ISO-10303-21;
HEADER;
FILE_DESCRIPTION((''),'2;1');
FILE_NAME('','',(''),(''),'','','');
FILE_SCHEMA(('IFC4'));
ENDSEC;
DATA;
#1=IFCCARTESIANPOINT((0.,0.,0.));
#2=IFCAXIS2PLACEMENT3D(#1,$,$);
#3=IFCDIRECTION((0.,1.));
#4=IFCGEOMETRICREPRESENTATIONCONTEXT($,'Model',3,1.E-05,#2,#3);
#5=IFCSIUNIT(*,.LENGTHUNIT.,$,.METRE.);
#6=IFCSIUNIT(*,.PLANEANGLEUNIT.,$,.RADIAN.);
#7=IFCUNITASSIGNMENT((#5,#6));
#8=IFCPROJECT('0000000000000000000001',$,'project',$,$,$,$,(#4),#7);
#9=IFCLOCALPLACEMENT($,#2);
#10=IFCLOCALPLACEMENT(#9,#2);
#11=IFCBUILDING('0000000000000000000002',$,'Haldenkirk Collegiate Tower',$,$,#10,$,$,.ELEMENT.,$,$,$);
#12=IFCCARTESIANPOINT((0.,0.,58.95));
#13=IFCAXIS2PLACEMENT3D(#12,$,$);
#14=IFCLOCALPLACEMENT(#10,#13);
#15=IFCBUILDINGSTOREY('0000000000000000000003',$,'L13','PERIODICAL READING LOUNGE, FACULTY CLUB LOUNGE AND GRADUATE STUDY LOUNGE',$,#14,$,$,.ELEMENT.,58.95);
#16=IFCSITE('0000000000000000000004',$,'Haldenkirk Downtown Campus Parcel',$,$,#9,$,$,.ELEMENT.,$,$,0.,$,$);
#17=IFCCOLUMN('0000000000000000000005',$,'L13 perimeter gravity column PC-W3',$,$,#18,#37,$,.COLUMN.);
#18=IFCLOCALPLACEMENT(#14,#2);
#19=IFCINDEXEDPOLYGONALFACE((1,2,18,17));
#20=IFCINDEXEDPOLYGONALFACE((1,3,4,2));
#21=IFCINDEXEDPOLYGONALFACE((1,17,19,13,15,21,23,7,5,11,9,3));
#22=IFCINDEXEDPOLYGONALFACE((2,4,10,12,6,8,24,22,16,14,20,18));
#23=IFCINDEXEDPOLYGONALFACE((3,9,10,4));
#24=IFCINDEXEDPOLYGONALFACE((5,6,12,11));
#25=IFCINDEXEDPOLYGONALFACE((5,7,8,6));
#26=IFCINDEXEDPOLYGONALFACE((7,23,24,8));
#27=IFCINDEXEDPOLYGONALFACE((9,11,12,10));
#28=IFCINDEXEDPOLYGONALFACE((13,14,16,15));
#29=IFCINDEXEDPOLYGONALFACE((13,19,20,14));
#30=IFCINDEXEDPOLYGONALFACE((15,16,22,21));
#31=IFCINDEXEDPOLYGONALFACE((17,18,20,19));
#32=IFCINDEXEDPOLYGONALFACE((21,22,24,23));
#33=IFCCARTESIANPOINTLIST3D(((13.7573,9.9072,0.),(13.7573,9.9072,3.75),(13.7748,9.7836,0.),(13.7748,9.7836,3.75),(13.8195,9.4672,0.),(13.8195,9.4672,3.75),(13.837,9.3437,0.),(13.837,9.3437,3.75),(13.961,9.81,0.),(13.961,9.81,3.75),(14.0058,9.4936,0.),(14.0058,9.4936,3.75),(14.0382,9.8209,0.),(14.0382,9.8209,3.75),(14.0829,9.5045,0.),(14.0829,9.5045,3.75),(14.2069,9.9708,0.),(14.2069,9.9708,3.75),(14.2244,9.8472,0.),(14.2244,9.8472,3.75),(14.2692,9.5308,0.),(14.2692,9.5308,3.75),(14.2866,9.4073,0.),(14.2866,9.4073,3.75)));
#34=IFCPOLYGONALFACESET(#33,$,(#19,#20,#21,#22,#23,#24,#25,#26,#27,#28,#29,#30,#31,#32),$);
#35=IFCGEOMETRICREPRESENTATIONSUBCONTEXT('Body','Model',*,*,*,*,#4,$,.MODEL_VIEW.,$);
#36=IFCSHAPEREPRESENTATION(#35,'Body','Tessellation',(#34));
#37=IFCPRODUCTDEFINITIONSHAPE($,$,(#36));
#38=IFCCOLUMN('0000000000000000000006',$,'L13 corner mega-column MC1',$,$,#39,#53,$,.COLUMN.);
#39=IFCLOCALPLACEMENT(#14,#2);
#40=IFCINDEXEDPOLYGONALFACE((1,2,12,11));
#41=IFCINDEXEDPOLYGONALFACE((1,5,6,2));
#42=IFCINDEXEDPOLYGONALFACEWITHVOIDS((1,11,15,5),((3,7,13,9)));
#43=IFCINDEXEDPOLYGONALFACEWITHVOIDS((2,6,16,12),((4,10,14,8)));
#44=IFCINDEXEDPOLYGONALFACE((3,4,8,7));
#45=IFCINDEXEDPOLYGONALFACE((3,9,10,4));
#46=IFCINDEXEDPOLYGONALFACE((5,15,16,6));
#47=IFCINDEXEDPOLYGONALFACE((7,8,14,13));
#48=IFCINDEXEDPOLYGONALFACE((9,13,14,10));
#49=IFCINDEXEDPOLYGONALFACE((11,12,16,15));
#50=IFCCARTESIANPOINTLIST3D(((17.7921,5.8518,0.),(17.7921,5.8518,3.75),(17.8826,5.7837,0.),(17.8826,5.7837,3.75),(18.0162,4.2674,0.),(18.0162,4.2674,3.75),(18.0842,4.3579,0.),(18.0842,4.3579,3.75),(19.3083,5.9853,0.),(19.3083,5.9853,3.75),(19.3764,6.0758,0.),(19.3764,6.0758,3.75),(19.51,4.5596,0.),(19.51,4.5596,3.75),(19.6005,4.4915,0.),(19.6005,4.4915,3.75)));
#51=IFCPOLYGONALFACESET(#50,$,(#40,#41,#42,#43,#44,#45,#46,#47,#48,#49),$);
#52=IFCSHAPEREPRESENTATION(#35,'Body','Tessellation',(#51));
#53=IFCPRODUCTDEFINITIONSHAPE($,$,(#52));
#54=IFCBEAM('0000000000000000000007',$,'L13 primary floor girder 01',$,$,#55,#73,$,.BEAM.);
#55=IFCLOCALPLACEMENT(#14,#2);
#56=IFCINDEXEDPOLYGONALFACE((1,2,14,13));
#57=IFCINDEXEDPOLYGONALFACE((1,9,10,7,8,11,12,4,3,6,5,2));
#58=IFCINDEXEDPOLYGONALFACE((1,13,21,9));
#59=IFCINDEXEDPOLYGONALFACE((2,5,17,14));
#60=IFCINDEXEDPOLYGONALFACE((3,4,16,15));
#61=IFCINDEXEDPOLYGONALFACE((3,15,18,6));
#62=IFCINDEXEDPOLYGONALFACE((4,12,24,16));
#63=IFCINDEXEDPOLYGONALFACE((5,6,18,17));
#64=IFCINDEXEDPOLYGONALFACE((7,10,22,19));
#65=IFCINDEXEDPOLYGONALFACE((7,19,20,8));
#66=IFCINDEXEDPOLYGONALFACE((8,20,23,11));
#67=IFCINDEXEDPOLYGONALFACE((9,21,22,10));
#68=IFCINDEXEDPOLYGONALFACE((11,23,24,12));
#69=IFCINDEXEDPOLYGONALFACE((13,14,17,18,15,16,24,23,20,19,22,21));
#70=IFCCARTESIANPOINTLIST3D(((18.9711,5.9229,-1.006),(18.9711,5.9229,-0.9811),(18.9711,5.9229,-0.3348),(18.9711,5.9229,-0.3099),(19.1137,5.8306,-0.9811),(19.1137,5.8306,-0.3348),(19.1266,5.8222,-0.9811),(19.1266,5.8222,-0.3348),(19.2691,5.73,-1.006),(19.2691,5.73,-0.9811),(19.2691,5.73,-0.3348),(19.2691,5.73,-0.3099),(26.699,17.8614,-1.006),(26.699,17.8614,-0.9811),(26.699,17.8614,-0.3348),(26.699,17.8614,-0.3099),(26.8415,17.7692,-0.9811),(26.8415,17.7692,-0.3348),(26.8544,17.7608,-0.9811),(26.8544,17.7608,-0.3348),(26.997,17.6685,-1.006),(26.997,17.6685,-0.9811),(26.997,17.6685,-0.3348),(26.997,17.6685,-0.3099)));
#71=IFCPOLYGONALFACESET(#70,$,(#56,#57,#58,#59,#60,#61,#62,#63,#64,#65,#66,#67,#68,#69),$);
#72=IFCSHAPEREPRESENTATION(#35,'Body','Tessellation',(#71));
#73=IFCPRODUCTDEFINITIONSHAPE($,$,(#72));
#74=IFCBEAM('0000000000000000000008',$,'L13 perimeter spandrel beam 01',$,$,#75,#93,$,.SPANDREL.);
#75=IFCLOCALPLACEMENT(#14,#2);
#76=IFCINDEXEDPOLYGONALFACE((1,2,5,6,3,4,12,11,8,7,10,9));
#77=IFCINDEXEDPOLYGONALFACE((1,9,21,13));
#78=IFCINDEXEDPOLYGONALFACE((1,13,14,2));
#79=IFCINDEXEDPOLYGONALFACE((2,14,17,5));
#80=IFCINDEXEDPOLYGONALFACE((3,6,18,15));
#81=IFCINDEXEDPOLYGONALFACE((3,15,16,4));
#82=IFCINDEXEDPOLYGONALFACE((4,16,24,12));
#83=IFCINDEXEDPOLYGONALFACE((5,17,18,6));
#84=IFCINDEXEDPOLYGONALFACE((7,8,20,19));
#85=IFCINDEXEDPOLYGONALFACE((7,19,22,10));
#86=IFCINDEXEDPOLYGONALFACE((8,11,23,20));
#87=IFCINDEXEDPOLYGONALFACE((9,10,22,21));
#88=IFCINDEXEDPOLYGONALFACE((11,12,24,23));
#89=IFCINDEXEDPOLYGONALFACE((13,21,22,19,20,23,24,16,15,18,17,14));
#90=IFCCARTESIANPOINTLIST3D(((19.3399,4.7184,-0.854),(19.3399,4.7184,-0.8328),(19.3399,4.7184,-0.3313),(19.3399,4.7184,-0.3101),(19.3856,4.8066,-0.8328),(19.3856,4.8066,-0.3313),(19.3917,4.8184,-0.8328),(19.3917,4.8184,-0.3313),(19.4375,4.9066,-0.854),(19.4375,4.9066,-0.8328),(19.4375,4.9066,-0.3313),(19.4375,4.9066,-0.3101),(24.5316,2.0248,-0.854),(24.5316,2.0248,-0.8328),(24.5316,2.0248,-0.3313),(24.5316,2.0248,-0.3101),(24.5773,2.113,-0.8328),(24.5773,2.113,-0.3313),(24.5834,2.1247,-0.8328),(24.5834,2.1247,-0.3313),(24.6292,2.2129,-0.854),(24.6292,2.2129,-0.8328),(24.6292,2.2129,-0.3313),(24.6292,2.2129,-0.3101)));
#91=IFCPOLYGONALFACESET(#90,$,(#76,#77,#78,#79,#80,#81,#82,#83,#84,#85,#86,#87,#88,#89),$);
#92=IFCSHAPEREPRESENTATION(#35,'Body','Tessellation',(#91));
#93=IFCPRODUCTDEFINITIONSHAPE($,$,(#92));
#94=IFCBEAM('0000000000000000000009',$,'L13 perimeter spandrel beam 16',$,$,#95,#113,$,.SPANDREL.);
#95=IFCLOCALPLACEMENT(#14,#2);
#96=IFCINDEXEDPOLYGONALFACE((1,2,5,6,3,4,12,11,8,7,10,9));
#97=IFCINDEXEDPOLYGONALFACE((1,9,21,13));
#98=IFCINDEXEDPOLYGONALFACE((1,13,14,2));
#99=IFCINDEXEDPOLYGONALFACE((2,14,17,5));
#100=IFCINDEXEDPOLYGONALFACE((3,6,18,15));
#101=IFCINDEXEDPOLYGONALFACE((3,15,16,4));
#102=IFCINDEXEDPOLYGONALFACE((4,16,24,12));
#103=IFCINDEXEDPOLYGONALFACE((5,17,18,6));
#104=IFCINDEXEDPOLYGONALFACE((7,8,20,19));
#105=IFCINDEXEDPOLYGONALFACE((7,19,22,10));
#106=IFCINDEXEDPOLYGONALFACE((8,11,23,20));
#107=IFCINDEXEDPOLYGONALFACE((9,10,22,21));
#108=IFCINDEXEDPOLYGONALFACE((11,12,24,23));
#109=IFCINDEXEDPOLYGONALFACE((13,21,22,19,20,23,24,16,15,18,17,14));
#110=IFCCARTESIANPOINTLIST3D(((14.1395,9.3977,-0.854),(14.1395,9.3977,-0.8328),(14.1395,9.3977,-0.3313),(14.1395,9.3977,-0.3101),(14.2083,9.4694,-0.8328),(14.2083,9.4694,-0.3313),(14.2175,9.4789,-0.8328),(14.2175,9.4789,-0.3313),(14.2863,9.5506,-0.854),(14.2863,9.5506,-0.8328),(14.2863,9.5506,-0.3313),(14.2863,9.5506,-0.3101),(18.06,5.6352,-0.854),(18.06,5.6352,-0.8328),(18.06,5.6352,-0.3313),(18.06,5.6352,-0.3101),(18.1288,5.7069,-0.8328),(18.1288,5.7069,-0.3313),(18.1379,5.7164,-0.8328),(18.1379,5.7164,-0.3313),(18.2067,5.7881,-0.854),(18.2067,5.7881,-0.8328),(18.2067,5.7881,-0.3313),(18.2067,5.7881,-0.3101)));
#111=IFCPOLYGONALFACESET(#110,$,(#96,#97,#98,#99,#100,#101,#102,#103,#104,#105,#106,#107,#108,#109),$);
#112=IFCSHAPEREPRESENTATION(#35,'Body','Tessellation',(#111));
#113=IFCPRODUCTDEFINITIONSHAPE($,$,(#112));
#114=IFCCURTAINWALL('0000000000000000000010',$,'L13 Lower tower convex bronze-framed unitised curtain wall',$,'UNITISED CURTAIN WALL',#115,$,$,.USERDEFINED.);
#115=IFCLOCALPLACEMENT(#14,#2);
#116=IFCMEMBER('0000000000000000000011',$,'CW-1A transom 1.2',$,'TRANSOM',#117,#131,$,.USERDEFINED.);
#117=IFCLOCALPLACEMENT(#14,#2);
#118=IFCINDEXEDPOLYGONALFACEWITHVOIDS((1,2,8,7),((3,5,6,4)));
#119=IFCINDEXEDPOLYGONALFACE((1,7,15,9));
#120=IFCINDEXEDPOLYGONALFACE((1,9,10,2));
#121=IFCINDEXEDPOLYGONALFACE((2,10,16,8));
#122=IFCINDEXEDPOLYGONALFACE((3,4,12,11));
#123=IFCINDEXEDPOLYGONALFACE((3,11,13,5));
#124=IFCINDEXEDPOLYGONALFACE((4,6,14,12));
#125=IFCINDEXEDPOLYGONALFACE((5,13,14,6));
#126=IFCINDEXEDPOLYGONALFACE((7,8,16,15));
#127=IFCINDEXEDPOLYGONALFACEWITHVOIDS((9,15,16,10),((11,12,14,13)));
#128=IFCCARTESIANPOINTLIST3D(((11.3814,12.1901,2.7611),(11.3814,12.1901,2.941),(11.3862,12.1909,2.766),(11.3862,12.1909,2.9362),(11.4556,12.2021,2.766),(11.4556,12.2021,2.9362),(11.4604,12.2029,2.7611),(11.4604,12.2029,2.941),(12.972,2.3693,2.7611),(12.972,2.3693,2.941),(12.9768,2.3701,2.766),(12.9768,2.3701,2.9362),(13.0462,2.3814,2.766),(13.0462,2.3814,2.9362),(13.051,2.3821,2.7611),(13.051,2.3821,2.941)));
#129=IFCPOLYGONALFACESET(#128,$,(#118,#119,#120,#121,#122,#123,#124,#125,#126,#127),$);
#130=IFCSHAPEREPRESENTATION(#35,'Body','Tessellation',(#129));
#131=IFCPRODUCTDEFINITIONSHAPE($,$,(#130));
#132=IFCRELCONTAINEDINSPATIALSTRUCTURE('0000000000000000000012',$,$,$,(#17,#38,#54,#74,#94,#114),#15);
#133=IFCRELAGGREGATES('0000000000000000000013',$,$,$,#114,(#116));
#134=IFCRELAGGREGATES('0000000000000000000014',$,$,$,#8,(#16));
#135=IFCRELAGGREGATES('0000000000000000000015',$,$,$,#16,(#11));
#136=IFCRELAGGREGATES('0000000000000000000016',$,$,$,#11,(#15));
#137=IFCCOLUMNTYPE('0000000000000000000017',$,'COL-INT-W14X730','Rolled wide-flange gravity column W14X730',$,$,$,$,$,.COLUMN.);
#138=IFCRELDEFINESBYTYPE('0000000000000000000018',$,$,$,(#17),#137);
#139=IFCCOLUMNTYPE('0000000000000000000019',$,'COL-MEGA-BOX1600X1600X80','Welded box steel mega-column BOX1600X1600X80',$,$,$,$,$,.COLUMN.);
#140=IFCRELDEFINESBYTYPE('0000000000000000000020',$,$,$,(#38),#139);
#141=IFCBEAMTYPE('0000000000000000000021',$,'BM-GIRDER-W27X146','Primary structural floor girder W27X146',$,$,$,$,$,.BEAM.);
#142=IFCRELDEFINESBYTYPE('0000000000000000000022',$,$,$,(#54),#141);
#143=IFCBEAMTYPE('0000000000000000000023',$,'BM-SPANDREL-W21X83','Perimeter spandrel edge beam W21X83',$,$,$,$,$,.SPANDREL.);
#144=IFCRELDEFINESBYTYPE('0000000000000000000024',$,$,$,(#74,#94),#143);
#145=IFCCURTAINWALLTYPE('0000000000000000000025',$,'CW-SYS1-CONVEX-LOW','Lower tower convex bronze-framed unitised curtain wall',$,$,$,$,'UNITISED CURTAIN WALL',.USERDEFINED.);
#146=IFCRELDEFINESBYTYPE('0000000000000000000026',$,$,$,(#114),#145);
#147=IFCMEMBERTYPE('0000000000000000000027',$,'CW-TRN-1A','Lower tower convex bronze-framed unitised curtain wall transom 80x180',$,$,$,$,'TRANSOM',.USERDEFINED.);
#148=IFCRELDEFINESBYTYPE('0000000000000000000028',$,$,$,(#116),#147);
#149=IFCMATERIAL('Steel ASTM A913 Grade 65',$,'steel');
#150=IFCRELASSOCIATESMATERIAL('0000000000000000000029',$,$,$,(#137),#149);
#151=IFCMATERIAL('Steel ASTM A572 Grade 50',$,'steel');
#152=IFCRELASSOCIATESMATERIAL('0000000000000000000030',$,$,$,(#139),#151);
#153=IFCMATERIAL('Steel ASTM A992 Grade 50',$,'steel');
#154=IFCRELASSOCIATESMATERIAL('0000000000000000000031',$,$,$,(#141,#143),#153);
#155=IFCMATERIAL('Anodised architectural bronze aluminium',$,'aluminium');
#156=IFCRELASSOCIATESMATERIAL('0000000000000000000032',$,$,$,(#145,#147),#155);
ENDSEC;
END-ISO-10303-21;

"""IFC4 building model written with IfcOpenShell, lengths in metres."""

from ifc_helpers import new_model, si_unit, direction, frame, origin, origin_2d, place, context, subcontext, project, spatial, hollow_rectangle, i_section, extrude, material, material_profile, profile_set, type_object, element, aggregate, save


model = new_model("IFC4")

# Units and contexts
model_context = context("Model", 3, precision=1e-05, world=origin(), true_north=direction((0.0, 1.0)))
body_context = subcontext(model_context, "Body", "Model", "MODEL_VIEW")
ifc_project = project(units=[si_unit("LENGTHUNIT", "METRE"), si_unit("PLANEANGLEUNIT", "RADIAN")], contexts=[model_context])

# Site, building, storey
site_placement = place(None, origin())
site = spatial("IfcSite", under=ifc_project, at=site_placement, Name="Haldenkirk Downtown Campus Parcel", CompositionType="ELEMENT", RefElevation=0.0)
building_placement = place(site_placement, origin())
building = spatial("IfcBuilding", under=site, at=building_placement, Name="Haldenkirk Collegiate Tower", CompositionType="ELEMENT")
storey_placement = place(building_placement, frame((0.0, 0.0, 58.95)))
storey = spatial("IfcBuildingStorey", under=building, at=storey_placement, Name="L13", Description="PERIODICAL READING LOUNGE, FACULTY CLUB LOUNGE AND GRADUATE STUDY LOUNGE", CompositionType="ELEMENT", Elevation=58.95)

# Columns
ifc_material_1 = material(Name="Steel ASTM A913 Grade 65", Category="steel")
ifc_material_profile_1 = material_profile(ifc_material_1, i_section(OverallWidth=0.4541, OverallDepth=0.5691, WebThickness=0.0779, FlangeThickness=0.1248, at=origin_2d()), Name="W14X730")
ifc_profile_set_1 = profile_set([ifc_material_profile_1], Name="Steel ASTM A913 Grade 65")
column_type_1 = type_object("IfcColumnType", Name="COL-INT-W14X730", Description="Rolled wide-flange gravity column W14X730", PredefinedType="COLUMN", material=ifc_profile_set_1)
column_1_placement = place(storey_placement, frame((14.022, 9.6572, 0.0), z_axis=(0.0, 0.0, 1.0), x_axis=(0.990146, 0.140037, 0.0)))
element("IfcColumn", 1, at=column_1_placement, inside=storey, type_object=column_type_1, Name="L13 perimeter gravity column PC-W3", PredefinedType="COLUMN", context=body_context, shape_type="SweptSolid", body=[
    extrude(i_section(OverallWidth=0.4541, OverallDepth=0.5691, WebThickness=0.0779, FlangeThickness=0.1248, at=origin_2d()), origin(), (0.0, 0.0, 1.0), 3.75),
])
ifc_material_2 = material(Name="Steel ASTM A572 Grade 50", Category="steel")
ifc_material_profile_2 = material_profile(ifc_material_2, hollow_rectangle(XDim=1.6001, YDim=1.6001, WallThickness=0.0801, at=origin_2d()), Name="BOX1600X1600X80")
ifc_profile_set_2 = profile_set([ifc_material_profile_2], Name="Steel ASTM A572 Grade 50")
column_type_2 = type_object("IfcColumnType", Name="COL-MEGA-BOX1600X1600X80", Description="Welded box steel mega-column BOX1600X1600X80", PredefinedType="COLUMN", material=ifc_profile_set_2)
column_2_placement = place(storey_placement, frame((18.6963, 5.1716, 0.0), z_axis=(0.0, 0.0, 1.0), x_axis=(0.990146, 0.140037, 0.0)))
element("IfcColumn", 2, at=column_2_placement, inside=storey, type_object=column_type_2, Name="L13 corner mega-column MC1", PredefinedType="COLUMN", context=body_context, shape_type="SweptSolid", body=[
    extrude(hollow_rectangle(XDim=1.6001, YDim=1.6001, WallThickness=0.0801, at=origin_2d()), origin(), (0.0, 0.0, 1.0), 3.75),
])

# Beams
ifc_material_3 = material(Name="Steel ASTM A992 Grade 50", Category="steel")
ifc_material_profile_3 = material_profile(ifc_material_3, i_section(OverallWidth=0.355, OverallDepth=0.696, WebThickness=0.0154, FlangeThickness=0.0249, at=origin_2d()), Name="W27X146")
ifc_profile_set_3 = profile_set([ifc_material_profile_3], Name="Steel ASTM A992 Grade 50")
beam_type_1 = type_object("IfcBeamType", Name="BM-GIRDER-W27X146", Description="Primary structural floor girder W27X146", PredefinedType="BEAM", material=ifc_profile_set_3)
beam_1_placement = place(storey_placement, frame((19.1201, 5.8264, -0.658), z_axis=(0.543394, 0.839478, 0.0), x_axis=(-0.839478, 0.543394, 0.0)))
element("IfcBeam", 3, at=beam_1_placement, inside=storey, type_object=beam_type_1, Name="L13 primary floor girder 01", PredefinedType="BEAM", context=body_context, shape_type="SweptSolid", body=[
    extrude(i_section(OverallWidth=0.355, OverallDepth=0.696, WebThickness=0.0154, FlangeThickness=0.0249, at=origin_2d()), origin(), (0.0, 0.0, 1.0), 14.2214),
])
ifc_material_profile_4 = material_profile(ifc_material_3, i_section(OverallWidth=0.2119, OverallDepth=0.5439, WebThickness=0.0132, FlangeThickness=0.0212, at=origin_2d()), Name="W21X83")
ifc_profile_set_4 = profile_set([ifc_material_profile_4], Name="Steel ASTM A992 Grade 50")
beam_type_2 = type_object("IfcBeamType", Name="BM-SPANDREL-W21X83", Description="Perimeter spandrel edge beam W21X83", PredefinedType="SPANDREL", material=ifc_profile_set_4)
beam_2_placement = place(storey_placement, frame((19.3887, 4.8125, -0.582), z_axis=(0.88764, -0.460538, 0.0), x_axis=(0.460538, 0.88764, 0.0)))
element("IfcBeam", 4, at=beam_2_placement, inside=storey, type_object=beam_type_2, Name="L13 perimeter spandrel beam 01", PredefinedType="SPANDREL", context=body_context, shape_type="SweptSolid", body=[
    extrude(i_section(OverallWidth=0.2119, OverallDepth=0.5439, WebThickness=0.0132, FlangeThickness=0.0212, at=origin_2d()), origin(), (0.0, 0.0, 1.0), 5.8489),
])
beam_3_placement = place(storey_placement, frame((14.2129, 9.4741, -0.582), z_axis=(0.721492, -0.692422, 0.0), x_axis=(0.692422, 0.721492, 0.0)))
element("IfcBeam", 5, at=beam_3_placement, inside=storey, type_object=beam_type_2, Name="L13 perimeter spandrel beam 16", PredefinedType="SPANDREL", context=body_context, shape_type="SweptSolid", body=[
    extrude(i_section(OverallWidth=0.2119, OverallDepth=0.5439, WebThickness=0.0132, FlangeThickness=0.0212, at=origin_2d()), origin(), (0.0, 0.0, 1.0), 5.4338),
])

# Curtain wall, member
ifc_material_4 = material(Name="Anodised architectural bronze aluminium", Category="aluminium")
curtain_wall_type = type_object("IfcCurtainWallType", Name="CW-SYS1-CONVEX-LOW", Description="Lower tower convex bronze-framed unitised curtain wall", ElementType="UNITISED CURTAIN WALL", PredefinedType="USERDEFINED", material=ifc_material_4)
curtain_wall_placement = place(storey_placement, origin())
curtain_wall = element("IfcCurtainWall", 6, at=curtain_wall_placement, inside=storey, type_object=curtain_wall_type, Name="L13 Lower tower convex bronze-framed unitised curtain wall", ObjectType="UNITISED CURTAIN WALL", PredefinedType="USERDEFINED")
ifc_material_profile_5 = material_profile(ifc_material_4, hollow_rectangle(XDim=0.0801, YDim=0.1799, WallThickness=0.0049, at=origin_2d()), Name="CW-TRN-1A")
ifc_profile_set_5 = profile_set([ifc_material_profile_5], Name="Anodised architectural bronze aluminium")
member_type = type_object("IfcMemberType", Name="CW-TRN-1A", Description="Lower tower convex bronze-framed unitised curtain wall transom 80x180", ElementType="TRANSOM", PredefinedType="USERDEFINED", material=ifc_profile_set_5)
member_placement = place(storey_placement, frame((13.0115, 2.3757, 2.8511), z_axis=(-0.159877, 0.987137, 0.0), x_axis=(-0.987137, -0.159877, 0.0)))
member = element("IfcMember", 7, at=member_placement, type_object=member_type, Name="CW-1A transom 1.2", ObjectType="TRANSOM", PredefinedType="USERDEFINED", context=body_context, shape_type="SweptSolid", body=[
    extrude(hollow_rectangle(XDim=0.0801, YDim=0.1799, WallThickness=0.0049, at=origin_2d()), origin(), (0.0, 0.0, 1.0), 9.9487),
])
aggregate(curtain_wall, [member])

save(model, "model.ifc")
